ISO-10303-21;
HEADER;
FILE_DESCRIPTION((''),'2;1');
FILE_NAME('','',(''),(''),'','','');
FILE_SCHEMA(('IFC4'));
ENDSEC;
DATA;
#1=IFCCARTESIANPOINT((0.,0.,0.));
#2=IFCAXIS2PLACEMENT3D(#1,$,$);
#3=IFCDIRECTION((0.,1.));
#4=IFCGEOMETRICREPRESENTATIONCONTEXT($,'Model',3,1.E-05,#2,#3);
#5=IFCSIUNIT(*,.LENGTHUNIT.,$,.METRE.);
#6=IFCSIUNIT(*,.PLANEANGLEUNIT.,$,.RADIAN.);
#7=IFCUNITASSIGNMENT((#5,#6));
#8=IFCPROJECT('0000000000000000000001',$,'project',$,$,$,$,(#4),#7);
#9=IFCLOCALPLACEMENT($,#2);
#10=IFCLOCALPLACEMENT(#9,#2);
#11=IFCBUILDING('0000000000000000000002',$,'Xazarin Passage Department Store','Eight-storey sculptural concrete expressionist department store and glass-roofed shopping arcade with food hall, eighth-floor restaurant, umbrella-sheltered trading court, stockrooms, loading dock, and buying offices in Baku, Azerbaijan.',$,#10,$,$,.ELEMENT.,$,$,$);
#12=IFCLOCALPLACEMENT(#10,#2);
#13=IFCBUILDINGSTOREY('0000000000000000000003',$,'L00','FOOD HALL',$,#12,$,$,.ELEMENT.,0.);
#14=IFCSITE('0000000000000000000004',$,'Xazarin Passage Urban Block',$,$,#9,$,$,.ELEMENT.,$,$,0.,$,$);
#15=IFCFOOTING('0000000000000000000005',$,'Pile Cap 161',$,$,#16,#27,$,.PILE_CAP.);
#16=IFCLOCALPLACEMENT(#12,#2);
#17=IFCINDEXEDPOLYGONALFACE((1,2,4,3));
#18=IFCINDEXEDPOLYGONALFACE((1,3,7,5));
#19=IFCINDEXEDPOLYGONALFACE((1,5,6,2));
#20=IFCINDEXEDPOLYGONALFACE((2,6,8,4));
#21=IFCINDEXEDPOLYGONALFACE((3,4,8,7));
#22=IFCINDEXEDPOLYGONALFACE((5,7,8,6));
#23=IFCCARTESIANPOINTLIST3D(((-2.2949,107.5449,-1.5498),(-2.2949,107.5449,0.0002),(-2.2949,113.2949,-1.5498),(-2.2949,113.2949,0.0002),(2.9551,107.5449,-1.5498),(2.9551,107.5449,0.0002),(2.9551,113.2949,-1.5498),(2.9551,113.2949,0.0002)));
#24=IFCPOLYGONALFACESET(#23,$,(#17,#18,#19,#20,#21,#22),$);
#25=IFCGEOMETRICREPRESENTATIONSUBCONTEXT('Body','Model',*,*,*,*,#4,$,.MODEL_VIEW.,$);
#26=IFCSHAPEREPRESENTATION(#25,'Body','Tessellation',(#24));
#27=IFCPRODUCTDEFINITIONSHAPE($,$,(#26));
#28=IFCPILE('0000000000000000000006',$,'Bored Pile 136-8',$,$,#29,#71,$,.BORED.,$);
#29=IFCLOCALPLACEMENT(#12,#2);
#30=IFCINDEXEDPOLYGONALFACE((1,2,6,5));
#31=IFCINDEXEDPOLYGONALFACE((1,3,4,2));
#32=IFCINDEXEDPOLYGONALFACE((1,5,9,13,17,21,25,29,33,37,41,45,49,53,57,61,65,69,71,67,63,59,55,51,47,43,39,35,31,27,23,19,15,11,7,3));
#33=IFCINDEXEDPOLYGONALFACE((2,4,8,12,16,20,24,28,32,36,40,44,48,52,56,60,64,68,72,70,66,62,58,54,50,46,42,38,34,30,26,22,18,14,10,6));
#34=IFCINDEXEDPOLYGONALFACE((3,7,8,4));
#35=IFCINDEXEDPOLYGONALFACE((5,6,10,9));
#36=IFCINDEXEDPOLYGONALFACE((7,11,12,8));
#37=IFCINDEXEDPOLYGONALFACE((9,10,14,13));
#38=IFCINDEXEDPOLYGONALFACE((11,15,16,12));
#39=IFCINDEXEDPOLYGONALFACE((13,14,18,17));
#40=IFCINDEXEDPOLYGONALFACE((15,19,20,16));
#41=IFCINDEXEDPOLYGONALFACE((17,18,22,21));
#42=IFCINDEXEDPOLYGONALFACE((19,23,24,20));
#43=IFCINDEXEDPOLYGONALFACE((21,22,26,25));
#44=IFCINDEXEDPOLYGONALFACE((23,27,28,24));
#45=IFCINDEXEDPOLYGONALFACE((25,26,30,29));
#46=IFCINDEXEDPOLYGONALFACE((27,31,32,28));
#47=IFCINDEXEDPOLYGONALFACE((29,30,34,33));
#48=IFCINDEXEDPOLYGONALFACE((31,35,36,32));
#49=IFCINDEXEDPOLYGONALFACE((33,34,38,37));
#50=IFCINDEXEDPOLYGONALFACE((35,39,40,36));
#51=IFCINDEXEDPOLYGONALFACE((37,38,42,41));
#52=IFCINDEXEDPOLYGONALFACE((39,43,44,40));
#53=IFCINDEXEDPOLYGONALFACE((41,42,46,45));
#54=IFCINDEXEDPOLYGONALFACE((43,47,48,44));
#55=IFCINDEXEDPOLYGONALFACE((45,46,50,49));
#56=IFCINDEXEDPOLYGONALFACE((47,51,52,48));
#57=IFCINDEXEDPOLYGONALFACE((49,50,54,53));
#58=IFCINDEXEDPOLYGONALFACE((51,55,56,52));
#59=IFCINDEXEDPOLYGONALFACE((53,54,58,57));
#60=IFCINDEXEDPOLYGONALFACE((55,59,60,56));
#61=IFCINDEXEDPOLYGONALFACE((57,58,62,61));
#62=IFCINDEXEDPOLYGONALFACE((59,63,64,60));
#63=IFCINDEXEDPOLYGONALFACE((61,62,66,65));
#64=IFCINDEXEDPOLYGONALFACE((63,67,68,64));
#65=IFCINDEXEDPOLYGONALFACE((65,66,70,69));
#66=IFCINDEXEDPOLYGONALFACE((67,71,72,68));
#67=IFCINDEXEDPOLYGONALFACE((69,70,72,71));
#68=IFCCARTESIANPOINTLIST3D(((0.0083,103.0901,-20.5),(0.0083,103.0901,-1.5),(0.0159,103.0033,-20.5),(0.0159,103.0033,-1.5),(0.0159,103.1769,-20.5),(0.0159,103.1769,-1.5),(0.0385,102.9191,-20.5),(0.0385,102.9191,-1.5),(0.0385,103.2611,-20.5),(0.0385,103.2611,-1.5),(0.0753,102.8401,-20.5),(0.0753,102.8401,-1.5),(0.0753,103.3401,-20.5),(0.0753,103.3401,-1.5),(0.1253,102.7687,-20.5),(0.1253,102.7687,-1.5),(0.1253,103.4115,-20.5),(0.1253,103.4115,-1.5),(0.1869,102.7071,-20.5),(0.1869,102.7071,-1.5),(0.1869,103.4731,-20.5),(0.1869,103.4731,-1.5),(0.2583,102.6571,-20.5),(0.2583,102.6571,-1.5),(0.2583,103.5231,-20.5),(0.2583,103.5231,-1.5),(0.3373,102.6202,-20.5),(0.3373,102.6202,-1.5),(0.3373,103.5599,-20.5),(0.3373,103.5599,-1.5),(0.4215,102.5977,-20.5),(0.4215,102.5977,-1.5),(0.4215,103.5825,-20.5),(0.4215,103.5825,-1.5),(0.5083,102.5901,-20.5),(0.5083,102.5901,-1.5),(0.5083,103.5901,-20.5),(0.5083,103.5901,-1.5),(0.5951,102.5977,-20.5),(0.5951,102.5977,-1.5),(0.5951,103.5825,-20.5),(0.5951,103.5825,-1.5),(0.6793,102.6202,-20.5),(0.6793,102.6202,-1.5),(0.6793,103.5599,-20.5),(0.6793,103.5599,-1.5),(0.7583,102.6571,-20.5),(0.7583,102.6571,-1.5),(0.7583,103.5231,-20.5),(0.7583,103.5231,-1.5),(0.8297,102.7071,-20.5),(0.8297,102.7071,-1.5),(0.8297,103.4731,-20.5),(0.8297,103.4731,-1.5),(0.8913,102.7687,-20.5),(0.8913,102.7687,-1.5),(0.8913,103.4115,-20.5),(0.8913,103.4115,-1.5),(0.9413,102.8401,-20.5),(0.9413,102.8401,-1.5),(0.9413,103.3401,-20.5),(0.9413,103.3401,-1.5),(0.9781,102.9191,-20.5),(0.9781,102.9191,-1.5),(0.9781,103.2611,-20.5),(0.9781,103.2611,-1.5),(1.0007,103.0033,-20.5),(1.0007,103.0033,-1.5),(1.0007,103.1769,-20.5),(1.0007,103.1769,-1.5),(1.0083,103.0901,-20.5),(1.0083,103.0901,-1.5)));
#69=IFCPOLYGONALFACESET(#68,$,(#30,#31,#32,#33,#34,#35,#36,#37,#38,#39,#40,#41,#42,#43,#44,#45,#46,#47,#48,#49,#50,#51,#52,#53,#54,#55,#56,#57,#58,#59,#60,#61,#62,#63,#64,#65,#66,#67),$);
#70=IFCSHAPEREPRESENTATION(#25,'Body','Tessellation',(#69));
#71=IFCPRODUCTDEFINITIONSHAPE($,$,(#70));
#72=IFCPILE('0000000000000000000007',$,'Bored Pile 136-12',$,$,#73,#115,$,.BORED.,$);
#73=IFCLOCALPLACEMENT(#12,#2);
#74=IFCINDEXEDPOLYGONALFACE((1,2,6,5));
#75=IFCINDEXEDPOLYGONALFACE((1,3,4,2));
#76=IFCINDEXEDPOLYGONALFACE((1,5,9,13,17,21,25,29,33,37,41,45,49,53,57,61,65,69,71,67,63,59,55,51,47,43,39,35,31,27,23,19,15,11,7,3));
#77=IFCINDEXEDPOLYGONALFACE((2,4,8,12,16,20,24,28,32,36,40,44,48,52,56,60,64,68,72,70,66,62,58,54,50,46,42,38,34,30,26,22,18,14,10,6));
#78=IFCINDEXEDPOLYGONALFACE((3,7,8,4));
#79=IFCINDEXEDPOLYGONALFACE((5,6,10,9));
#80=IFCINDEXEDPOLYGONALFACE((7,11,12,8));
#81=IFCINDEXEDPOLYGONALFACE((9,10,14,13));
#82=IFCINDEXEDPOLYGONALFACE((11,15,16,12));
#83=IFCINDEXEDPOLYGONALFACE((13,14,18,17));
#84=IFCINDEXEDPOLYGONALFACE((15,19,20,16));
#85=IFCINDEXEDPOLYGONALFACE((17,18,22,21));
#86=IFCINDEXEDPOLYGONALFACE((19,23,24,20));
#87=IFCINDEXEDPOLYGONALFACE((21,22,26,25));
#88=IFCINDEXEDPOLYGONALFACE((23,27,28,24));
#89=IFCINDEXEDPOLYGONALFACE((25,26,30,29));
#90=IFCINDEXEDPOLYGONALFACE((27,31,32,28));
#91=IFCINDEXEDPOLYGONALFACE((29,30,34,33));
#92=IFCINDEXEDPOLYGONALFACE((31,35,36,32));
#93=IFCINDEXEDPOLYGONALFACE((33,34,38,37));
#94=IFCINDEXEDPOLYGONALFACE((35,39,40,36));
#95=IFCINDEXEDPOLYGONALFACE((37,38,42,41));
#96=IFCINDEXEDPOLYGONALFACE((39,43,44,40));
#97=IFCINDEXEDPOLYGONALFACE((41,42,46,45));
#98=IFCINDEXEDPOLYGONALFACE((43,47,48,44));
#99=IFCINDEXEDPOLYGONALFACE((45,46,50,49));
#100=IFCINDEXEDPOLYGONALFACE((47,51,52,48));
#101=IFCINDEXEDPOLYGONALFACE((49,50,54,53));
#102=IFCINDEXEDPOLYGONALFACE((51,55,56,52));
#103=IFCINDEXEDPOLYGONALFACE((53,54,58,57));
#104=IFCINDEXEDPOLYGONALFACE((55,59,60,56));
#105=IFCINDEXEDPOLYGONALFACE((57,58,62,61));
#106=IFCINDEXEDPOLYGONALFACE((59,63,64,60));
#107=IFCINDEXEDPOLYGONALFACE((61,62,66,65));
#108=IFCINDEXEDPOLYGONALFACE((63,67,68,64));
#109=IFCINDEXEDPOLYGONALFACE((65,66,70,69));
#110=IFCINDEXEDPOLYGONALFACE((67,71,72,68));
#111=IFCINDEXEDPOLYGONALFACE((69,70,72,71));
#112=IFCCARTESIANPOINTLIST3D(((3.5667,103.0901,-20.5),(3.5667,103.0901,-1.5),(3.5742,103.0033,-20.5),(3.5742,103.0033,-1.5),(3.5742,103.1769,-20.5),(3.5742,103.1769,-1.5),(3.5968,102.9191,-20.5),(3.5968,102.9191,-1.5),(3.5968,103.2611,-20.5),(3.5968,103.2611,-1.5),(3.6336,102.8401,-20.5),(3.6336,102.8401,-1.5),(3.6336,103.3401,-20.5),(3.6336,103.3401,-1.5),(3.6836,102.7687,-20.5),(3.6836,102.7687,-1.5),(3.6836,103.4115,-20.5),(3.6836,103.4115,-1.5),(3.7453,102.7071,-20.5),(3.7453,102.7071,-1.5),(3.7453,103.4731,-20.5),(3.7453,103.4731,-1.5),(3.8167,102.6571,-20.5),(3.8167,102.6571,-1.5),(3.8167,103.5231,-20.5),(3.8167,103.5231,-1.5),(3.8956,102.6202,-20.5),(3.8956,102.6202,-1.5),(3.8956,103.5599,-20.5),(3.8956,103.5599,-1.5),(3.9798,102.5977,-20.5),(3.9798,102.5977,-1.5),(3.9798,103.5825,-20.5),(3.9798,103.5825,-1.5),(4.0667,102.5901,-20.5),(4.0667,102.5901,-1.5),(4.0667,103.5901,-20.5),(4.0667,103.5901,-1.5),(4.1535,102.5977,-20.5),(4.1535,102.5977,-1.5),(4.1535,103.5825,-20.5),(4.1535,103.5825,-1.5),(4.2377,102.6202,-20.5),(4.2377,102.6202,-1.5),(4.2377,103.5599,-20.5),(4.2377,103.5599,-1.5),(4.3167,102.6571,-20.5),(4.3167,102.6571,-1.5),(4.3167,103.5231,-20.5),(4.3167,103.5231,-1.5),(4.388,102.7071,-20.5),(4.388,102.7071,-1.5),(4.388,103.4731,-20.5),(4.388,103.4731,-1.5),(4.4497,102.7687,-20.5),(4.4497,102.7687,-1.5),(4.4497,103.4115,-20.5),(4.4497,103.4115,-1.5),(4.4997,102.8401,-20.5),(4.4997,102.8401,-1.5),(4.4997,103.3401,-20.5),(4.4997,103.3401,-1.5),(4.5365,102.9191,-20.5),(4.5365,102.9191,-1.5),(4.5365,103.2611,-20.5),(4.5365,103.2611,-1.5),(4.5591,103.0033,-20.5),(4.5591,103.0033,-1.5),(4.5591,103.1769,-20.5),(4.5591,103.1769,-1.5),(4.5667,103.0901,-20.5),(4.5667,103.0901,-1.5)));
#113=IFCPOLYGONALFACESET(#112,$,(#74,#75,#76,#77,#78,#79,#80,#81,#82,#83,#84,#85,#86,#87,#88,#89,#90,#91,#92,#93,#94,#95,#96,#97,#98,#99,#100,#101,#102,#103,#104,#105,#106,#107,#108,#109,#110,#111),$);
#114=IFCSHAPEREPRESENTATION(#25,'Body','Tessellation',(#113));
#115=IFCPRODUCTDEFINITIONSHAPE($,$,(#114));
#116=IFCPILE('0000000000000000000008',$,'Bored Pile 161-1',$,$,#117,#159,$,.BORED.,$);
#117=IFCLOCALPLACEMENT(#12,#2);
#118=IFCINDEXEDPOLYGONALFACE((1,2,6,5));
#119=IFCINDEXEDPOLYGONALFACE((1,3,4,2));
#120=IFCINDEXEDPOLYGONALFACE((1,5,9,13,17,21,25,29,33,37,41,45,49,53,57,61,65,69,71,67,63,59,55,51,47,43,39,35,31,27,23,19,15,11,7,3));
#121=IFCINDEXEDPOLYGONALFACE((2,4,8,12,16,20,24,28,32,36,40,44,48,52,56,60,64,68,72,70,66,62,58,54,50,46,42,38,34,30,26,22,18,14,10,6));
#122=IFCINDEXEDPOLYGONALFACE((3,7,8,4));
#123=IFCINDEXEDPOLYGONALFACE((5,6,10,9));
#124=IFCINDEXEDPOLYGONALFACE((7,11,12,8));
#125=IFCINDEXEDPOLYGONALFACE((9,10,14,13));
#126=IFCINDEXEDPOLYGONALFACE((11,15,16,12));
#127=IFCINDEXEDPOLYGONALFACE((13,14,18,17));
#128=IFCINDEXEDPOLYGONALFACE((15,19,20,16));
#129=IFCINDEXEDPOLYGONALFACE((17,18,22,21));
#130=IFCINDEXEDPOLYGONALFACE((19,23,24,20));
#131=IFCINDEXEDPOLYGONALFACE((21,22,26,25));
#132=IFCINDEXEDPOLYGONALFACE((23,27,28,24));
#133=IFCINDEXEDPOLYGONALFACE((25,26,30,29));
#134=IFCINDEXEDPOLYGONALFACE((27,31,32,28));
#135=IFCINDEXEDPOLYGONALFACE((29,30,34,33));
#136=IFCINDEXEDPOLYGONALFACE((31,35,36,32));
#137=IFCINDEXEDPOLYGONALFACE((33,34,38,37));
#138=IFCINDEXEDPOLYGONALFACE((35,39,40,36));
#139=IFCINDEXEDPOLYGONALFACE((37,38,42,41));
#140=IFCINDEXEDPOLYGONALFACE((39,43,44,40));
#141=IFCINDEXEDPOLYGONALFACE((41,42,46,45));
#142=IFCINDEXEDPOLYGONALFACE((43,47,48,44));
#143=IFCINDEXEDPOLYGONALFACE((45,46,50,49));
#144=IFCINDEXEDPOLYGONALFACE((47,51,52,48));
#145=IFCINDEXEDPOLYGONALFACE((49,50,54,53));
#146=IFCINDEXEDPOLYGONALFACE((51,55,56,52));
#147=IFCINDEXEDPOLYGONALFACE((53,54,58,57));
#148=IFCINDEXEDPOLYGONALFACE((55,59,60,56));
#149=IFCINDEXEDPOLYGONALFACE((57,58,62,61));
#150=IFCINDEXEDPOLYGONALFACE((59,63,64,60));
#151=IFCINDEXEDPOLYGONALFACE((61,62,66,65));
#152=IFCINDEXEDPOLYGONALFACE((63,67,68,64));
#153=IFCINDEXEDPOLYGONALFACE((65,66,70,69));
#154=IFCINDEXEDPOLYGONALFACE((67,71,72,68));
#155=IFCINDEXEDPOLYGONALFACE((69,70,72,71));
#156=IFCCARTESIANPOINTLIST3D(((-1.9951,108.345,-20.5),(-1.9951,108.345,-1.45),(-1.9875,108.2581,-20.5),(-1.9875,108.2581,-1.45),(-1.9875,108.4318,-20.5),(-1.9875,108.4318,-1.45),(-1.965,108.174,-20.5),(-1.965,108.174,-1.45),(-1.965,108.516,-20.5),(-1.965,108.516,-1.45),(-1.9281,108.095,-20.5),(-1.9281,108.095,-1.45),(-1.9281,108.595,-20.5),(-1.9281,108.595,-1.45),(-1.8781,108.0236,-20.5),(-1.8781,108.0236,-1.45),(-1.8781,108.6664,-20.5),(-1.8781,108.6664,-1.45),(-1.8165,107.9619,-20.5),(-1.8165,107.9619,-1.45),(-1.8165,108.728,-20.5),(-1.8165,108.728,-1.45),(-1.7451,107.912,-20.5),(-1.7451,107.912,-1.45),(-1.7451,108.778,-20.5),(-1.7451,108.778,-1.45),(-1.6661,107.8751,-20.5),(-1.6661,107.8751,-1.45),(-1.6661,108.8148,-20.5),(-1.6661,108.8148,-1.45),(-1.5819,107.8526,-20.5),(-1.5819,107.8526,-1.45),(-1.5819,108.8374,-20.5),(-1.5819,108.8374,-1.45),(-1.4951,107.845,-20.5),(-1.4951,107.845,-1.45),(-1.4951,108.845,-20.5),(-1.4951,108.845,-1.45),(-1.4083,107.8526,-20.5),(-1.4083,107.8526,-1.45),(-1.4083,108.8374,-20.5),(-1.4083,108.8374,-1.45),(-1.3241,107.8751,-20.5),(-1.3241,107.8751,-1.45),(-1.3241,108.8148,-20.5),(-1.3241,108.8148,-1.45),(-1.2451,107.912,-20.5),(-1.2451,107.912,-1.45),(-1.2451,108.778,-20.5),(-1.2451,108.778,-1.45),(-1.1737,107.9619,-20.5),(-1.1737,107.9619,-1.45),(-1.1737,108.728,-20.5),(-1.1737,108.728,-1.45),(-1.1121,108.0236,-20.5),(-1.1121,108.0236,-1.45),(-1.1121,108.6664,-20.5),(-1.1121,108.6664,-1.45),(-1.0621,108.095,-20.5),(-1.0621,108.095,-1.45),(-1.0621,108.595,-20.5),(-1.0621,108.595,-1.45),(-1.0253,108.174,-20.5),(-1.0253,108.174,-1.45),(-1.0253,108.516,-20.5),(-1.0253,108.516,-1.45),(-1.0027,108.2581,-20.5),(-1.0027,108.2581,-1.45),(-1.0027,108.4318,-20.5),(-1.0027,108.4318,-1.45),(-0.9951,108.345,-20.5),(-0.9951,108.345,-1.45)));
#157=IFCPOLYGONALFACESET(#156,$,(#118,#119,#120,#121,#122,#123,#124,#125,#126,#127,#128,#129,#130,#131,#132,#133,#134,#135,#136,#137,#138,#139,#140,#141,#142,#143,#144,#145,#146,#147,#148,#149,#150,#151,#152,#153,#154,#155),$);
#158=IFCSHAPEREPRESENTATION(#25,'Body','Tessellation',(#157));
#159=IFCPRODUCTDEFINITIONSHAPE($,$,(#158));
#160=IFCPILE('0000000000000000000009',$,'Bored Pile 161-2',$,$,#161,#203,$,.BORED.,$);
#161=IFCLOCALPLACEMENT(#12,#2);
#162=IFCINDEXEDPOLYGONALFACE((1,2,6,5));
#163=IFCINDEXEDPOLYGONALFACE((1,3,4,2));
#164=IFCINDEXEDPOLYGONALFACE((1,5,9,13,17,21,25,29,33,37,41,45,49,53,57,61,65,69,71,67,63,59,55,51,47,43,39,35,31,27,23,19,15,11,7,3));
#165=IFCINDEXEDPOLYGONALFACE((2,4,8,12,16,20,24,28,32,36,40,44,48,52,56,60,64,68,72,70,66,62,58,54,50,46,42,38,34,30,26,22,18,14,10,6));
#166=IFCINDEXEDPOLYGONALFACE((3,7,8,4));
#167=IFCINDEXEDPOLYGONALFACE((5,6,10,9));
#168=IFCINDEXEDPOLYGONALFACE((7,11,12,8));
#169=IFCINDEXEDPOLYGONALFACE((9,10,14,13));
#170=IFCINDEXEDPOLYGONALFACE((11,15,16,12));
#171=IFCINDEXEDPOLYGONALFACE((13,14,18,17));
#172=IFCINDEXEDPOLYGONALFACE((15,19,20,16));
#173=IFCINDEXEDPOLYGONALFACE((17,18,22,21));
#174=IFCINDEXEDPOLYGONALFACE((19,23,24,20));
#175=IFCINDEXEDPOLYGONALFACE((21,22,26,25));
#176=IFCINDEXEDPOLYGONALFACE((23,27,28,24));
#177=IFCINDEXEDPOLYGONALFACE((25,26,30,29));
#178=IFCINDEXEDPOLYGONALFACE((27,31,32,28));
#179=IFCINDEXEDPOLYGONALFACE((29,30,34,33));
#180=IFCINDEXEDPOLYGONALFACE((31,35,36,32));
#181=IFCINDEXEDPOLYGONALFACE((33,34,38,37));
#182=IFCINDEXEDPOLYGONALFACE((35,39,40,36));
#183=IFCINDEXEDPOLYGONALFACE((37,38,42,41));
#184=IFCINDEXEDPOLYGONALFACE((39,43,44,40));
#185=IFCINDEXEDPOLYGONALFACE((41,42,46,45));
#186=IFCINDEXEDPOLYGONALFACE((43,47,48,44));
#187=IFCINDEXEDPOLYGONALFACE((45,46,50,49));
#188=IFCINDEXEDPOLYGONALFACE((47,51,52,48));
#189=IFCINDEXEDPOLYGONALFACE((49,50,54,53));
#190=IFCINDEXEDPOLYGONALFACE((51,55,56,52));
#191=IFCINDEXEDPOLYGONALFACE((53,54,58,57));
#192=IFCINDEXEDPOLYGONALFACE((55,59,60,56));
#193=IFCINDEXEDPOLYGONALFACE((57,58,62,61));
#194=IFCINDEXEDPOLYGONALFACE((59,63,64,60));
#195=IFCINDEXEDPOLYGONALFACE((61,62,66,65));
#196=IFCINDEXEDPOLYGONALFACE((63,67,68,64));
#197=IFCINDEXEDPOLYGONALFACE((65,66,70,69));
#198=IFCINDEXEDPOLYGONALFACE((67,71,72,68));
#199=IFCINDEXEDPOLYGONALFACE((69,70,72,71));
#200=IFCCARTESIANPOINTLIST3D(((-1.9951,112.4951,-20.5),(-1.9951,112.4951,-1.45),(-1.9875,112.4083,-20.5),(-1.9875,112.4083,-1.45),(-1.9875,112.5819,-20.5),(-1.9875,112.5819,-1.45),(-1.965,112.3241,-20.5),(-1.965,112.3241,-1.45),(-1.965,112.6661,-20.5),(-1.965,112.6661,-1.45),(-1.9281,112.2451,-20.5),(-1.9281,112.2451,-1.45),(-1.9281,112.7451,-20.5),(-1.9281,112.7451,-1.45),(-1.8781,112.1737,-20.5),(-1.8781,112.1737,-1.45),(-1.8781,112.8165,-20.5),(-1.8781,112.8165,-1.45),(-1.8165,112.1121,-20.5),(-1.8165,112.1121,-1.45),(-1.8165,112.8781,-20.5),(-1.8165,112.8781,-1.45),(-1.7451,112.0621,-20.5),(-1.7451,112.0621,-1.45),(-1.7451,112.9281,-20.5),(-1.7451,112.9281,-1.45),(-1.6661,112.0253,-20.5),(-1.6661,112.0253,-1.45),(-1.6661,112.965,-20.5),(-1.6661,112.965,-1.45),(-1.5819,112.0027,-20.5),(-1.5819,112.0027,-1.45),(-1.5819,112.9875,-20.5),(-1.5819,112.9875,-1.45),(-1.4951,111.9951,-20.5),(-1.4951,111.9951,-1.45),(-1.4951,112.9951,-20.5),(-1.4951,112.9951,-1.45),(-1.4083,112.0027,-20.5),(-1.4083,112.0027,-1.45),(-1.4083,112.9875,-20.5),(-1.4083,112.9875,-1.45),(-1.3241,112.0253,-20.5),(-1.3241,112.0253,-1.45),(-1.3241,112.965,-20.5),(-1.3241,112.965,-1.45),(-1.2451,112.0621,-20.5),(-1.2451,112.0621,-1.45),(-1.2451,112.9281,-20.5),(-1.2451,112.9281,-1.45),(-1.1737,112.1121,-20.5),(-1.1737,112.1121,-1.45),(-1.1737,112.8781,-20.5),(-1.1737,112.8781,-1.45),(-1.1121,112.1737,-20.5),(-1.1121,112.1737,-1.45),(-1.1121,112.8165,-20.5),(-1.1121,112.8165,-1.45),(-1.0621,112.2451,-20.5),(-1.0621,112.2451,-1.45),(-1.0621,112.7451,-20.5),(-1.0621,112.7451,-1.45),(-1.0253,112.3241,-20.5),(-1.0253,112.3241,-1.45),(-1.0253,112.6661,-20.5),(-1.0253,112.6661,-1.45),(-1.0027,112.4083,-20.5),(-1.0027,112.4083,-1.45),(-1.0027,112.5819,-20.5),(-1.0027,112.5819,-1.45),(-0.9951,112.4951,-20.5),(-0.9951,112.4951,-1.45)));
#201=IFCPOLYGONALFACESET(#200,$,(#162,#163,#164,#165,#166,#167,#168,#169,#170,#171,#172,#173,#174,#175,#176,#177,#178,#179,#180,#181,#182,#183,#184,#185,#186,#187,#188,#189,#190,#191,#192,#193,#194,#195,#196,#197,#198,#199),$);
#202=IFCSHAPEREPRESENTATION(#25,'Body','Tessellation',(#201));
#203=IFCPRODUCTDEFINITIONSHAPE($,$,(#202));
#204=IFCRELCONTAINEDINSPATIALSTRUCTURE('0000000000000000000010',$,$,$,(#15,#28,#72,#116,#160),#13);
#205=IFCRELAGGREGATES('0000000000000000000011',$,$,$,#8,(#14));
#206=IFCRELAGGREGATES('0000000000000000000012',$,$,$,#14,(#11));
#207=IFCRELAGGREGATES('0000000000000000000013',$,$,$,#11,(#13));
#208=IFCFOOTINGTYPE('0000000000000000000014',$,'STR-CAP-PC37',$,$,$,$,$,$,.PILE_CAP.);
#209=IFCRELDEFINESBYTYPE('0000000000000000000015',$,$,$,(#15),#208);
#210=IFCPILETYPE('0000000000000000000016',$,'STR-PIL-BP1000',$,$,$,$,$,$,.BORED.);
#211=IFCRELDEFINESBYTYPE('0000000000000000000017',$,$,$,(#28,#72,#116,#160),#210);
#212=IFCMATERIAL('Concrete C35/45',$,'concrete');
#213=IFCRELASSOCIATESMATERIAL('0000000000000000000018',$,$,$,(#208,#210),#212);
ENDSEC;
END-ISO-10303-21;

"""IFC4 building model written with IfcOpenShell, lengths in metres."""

from ifc_helpers import new_model, si_unit, direction, frame, origin, origin_2d, place, context, subcontext, project, spatial, rectangle, circle, extrude, material, material_profile, profile_set, type_object, element, save


model = new_model("IFC4")

# Units and contexts
model_context = context("Model", 3, precision=1e-05, world=origin(), true_north=direction((0.0, 1.0)))
body_context = subcontext(model_context, "Body", "Model", "MODEL_VIEW")
ifc_project = project(units=[si_unit("LENGTHUNIT", "METRE"), si_unit("PLANEANGLEUNIT", "RADIAN")], contexts=[model_context])

# Site, building, storey
site_placement = place(None, origin())
site = spatial("IfcSite", under=ifc_project, at=site_placement, Name="Xazarin Passage Urban Block", CompositionType="ELEMENT", RefElevation=0.0)
building_placement = place(site_placement, origin())
building = spatial("IfcBuilding", under=site, at=building_placement, Name="Xazarin Passage Department Store", Description="Eight-storey sculptural concrete expressionist department store and glass-roofed shopping arcade with food hall, eighth-floor restaurant, umbrella-sheltered trading court, stockrooms, loading dock, and buying offices in Baku, Azerbaijan.", CompositionType="ELEMENT")
storey_placement = place(building_placement, origin())
storey = spatial("IfcBuildingStorey", under=building, at=storey_placement, Name="L00", Description="FOOD HALL", CompositionType="ELEMENT", Elevation=0.0)

# Footing
ifc_material_1 = material(Name="Concrete C35/45", Category="concrete")
footing_type = type_object("IfcFootingType", Name="STR-CAP-PC37", PredefinedType="PILE_CAP", material=ifc_material_1)
footing_placement = place(storey_placement, frame((0.3301, 110.4199, -1.5498), z_axis=(0.0, 0.0, 1.0), x_axis=(0.0, 1.0, 0.0)))
element("IfcFooting", 1, at=footing_placement, inside=storey, type_object=footing_type, Name="Pile Cap 161", PredefinedType="PILE_CAP", context=body_context, shape_type="SweptSolid", body=[
    extrude(rectangle(XDim=5.75, YDim=5.25, at=origin_2d()), origin(), (0.0, 0.0, 1.0), 1.55),
])

# Piles
ifc_material_profile_1 = material_profile(ifc_material_1, circle(Radius=0.5, at=origin_2d()), Name="BP 1000")
ifc_profile_set_1 = profile_set([ifc_material_profile_1], Name="Concrete C35/45")
pile_type_1 = type_object("IfcPileType", Name="STR-PIL-BP1000", PredefinedType="BORED", material=ifc_profile_set_1)
for number, where, z_axis, x_axis, name in (
    (2, (0.5083, 103.0901, -1.5), (0.0, 0.0, -1.0), (1.0, 0.0, 0.0), "Bored Pile 136-8"),
    (3, (4.0667, 103.0901, -1.5), (0.0, 0.0, -1.0), (1.0, 0.0, 0.0), "Bored Pile 136-12"),
):
    element("IfcPile", number, at=place(storey_placement, frame(where, z_axis=z_axis, x_axis=x_axis)), inside=storey, type_object=pile_type_1, Name=name, PredefinedType="BORED", context=body_context, shape_type="SweptSolid", body=[
        extrude(circle(Radius=0.5, at=origin_2d()), origin(), (0.0, 0.0, 1.0), 19.0),
    ])
for number, where, z_axis, x_axis, name in (
    (4, (-1.4951, 108.345, -1.45), (0.0, 0.0, -1.0), (1.0, 0.0, 0.0), "Bored Pile 161-1"),
    (5, (-1.4951, 112.4951, -1.45), (0.0, 0.0, -1.0), (1.0, 0.0, 0.0), "Bored Pile 161-2"),
):
    element("IfcPile", number, at=place(storey_placement, frame(where, z_axis=z_axis, x_axis=x_axis)), inside=storey, type_object=pile_type_1, Name=name, PredefinedType="BORED", context=body_context, shape_type="SweptSolid", body=[
        extrude(circle(Radius=0.5, at=origin_2d()), origin(), (0.0, 0.0, 1.0), 19.05),
    ])

save(model, "model.ifc")
